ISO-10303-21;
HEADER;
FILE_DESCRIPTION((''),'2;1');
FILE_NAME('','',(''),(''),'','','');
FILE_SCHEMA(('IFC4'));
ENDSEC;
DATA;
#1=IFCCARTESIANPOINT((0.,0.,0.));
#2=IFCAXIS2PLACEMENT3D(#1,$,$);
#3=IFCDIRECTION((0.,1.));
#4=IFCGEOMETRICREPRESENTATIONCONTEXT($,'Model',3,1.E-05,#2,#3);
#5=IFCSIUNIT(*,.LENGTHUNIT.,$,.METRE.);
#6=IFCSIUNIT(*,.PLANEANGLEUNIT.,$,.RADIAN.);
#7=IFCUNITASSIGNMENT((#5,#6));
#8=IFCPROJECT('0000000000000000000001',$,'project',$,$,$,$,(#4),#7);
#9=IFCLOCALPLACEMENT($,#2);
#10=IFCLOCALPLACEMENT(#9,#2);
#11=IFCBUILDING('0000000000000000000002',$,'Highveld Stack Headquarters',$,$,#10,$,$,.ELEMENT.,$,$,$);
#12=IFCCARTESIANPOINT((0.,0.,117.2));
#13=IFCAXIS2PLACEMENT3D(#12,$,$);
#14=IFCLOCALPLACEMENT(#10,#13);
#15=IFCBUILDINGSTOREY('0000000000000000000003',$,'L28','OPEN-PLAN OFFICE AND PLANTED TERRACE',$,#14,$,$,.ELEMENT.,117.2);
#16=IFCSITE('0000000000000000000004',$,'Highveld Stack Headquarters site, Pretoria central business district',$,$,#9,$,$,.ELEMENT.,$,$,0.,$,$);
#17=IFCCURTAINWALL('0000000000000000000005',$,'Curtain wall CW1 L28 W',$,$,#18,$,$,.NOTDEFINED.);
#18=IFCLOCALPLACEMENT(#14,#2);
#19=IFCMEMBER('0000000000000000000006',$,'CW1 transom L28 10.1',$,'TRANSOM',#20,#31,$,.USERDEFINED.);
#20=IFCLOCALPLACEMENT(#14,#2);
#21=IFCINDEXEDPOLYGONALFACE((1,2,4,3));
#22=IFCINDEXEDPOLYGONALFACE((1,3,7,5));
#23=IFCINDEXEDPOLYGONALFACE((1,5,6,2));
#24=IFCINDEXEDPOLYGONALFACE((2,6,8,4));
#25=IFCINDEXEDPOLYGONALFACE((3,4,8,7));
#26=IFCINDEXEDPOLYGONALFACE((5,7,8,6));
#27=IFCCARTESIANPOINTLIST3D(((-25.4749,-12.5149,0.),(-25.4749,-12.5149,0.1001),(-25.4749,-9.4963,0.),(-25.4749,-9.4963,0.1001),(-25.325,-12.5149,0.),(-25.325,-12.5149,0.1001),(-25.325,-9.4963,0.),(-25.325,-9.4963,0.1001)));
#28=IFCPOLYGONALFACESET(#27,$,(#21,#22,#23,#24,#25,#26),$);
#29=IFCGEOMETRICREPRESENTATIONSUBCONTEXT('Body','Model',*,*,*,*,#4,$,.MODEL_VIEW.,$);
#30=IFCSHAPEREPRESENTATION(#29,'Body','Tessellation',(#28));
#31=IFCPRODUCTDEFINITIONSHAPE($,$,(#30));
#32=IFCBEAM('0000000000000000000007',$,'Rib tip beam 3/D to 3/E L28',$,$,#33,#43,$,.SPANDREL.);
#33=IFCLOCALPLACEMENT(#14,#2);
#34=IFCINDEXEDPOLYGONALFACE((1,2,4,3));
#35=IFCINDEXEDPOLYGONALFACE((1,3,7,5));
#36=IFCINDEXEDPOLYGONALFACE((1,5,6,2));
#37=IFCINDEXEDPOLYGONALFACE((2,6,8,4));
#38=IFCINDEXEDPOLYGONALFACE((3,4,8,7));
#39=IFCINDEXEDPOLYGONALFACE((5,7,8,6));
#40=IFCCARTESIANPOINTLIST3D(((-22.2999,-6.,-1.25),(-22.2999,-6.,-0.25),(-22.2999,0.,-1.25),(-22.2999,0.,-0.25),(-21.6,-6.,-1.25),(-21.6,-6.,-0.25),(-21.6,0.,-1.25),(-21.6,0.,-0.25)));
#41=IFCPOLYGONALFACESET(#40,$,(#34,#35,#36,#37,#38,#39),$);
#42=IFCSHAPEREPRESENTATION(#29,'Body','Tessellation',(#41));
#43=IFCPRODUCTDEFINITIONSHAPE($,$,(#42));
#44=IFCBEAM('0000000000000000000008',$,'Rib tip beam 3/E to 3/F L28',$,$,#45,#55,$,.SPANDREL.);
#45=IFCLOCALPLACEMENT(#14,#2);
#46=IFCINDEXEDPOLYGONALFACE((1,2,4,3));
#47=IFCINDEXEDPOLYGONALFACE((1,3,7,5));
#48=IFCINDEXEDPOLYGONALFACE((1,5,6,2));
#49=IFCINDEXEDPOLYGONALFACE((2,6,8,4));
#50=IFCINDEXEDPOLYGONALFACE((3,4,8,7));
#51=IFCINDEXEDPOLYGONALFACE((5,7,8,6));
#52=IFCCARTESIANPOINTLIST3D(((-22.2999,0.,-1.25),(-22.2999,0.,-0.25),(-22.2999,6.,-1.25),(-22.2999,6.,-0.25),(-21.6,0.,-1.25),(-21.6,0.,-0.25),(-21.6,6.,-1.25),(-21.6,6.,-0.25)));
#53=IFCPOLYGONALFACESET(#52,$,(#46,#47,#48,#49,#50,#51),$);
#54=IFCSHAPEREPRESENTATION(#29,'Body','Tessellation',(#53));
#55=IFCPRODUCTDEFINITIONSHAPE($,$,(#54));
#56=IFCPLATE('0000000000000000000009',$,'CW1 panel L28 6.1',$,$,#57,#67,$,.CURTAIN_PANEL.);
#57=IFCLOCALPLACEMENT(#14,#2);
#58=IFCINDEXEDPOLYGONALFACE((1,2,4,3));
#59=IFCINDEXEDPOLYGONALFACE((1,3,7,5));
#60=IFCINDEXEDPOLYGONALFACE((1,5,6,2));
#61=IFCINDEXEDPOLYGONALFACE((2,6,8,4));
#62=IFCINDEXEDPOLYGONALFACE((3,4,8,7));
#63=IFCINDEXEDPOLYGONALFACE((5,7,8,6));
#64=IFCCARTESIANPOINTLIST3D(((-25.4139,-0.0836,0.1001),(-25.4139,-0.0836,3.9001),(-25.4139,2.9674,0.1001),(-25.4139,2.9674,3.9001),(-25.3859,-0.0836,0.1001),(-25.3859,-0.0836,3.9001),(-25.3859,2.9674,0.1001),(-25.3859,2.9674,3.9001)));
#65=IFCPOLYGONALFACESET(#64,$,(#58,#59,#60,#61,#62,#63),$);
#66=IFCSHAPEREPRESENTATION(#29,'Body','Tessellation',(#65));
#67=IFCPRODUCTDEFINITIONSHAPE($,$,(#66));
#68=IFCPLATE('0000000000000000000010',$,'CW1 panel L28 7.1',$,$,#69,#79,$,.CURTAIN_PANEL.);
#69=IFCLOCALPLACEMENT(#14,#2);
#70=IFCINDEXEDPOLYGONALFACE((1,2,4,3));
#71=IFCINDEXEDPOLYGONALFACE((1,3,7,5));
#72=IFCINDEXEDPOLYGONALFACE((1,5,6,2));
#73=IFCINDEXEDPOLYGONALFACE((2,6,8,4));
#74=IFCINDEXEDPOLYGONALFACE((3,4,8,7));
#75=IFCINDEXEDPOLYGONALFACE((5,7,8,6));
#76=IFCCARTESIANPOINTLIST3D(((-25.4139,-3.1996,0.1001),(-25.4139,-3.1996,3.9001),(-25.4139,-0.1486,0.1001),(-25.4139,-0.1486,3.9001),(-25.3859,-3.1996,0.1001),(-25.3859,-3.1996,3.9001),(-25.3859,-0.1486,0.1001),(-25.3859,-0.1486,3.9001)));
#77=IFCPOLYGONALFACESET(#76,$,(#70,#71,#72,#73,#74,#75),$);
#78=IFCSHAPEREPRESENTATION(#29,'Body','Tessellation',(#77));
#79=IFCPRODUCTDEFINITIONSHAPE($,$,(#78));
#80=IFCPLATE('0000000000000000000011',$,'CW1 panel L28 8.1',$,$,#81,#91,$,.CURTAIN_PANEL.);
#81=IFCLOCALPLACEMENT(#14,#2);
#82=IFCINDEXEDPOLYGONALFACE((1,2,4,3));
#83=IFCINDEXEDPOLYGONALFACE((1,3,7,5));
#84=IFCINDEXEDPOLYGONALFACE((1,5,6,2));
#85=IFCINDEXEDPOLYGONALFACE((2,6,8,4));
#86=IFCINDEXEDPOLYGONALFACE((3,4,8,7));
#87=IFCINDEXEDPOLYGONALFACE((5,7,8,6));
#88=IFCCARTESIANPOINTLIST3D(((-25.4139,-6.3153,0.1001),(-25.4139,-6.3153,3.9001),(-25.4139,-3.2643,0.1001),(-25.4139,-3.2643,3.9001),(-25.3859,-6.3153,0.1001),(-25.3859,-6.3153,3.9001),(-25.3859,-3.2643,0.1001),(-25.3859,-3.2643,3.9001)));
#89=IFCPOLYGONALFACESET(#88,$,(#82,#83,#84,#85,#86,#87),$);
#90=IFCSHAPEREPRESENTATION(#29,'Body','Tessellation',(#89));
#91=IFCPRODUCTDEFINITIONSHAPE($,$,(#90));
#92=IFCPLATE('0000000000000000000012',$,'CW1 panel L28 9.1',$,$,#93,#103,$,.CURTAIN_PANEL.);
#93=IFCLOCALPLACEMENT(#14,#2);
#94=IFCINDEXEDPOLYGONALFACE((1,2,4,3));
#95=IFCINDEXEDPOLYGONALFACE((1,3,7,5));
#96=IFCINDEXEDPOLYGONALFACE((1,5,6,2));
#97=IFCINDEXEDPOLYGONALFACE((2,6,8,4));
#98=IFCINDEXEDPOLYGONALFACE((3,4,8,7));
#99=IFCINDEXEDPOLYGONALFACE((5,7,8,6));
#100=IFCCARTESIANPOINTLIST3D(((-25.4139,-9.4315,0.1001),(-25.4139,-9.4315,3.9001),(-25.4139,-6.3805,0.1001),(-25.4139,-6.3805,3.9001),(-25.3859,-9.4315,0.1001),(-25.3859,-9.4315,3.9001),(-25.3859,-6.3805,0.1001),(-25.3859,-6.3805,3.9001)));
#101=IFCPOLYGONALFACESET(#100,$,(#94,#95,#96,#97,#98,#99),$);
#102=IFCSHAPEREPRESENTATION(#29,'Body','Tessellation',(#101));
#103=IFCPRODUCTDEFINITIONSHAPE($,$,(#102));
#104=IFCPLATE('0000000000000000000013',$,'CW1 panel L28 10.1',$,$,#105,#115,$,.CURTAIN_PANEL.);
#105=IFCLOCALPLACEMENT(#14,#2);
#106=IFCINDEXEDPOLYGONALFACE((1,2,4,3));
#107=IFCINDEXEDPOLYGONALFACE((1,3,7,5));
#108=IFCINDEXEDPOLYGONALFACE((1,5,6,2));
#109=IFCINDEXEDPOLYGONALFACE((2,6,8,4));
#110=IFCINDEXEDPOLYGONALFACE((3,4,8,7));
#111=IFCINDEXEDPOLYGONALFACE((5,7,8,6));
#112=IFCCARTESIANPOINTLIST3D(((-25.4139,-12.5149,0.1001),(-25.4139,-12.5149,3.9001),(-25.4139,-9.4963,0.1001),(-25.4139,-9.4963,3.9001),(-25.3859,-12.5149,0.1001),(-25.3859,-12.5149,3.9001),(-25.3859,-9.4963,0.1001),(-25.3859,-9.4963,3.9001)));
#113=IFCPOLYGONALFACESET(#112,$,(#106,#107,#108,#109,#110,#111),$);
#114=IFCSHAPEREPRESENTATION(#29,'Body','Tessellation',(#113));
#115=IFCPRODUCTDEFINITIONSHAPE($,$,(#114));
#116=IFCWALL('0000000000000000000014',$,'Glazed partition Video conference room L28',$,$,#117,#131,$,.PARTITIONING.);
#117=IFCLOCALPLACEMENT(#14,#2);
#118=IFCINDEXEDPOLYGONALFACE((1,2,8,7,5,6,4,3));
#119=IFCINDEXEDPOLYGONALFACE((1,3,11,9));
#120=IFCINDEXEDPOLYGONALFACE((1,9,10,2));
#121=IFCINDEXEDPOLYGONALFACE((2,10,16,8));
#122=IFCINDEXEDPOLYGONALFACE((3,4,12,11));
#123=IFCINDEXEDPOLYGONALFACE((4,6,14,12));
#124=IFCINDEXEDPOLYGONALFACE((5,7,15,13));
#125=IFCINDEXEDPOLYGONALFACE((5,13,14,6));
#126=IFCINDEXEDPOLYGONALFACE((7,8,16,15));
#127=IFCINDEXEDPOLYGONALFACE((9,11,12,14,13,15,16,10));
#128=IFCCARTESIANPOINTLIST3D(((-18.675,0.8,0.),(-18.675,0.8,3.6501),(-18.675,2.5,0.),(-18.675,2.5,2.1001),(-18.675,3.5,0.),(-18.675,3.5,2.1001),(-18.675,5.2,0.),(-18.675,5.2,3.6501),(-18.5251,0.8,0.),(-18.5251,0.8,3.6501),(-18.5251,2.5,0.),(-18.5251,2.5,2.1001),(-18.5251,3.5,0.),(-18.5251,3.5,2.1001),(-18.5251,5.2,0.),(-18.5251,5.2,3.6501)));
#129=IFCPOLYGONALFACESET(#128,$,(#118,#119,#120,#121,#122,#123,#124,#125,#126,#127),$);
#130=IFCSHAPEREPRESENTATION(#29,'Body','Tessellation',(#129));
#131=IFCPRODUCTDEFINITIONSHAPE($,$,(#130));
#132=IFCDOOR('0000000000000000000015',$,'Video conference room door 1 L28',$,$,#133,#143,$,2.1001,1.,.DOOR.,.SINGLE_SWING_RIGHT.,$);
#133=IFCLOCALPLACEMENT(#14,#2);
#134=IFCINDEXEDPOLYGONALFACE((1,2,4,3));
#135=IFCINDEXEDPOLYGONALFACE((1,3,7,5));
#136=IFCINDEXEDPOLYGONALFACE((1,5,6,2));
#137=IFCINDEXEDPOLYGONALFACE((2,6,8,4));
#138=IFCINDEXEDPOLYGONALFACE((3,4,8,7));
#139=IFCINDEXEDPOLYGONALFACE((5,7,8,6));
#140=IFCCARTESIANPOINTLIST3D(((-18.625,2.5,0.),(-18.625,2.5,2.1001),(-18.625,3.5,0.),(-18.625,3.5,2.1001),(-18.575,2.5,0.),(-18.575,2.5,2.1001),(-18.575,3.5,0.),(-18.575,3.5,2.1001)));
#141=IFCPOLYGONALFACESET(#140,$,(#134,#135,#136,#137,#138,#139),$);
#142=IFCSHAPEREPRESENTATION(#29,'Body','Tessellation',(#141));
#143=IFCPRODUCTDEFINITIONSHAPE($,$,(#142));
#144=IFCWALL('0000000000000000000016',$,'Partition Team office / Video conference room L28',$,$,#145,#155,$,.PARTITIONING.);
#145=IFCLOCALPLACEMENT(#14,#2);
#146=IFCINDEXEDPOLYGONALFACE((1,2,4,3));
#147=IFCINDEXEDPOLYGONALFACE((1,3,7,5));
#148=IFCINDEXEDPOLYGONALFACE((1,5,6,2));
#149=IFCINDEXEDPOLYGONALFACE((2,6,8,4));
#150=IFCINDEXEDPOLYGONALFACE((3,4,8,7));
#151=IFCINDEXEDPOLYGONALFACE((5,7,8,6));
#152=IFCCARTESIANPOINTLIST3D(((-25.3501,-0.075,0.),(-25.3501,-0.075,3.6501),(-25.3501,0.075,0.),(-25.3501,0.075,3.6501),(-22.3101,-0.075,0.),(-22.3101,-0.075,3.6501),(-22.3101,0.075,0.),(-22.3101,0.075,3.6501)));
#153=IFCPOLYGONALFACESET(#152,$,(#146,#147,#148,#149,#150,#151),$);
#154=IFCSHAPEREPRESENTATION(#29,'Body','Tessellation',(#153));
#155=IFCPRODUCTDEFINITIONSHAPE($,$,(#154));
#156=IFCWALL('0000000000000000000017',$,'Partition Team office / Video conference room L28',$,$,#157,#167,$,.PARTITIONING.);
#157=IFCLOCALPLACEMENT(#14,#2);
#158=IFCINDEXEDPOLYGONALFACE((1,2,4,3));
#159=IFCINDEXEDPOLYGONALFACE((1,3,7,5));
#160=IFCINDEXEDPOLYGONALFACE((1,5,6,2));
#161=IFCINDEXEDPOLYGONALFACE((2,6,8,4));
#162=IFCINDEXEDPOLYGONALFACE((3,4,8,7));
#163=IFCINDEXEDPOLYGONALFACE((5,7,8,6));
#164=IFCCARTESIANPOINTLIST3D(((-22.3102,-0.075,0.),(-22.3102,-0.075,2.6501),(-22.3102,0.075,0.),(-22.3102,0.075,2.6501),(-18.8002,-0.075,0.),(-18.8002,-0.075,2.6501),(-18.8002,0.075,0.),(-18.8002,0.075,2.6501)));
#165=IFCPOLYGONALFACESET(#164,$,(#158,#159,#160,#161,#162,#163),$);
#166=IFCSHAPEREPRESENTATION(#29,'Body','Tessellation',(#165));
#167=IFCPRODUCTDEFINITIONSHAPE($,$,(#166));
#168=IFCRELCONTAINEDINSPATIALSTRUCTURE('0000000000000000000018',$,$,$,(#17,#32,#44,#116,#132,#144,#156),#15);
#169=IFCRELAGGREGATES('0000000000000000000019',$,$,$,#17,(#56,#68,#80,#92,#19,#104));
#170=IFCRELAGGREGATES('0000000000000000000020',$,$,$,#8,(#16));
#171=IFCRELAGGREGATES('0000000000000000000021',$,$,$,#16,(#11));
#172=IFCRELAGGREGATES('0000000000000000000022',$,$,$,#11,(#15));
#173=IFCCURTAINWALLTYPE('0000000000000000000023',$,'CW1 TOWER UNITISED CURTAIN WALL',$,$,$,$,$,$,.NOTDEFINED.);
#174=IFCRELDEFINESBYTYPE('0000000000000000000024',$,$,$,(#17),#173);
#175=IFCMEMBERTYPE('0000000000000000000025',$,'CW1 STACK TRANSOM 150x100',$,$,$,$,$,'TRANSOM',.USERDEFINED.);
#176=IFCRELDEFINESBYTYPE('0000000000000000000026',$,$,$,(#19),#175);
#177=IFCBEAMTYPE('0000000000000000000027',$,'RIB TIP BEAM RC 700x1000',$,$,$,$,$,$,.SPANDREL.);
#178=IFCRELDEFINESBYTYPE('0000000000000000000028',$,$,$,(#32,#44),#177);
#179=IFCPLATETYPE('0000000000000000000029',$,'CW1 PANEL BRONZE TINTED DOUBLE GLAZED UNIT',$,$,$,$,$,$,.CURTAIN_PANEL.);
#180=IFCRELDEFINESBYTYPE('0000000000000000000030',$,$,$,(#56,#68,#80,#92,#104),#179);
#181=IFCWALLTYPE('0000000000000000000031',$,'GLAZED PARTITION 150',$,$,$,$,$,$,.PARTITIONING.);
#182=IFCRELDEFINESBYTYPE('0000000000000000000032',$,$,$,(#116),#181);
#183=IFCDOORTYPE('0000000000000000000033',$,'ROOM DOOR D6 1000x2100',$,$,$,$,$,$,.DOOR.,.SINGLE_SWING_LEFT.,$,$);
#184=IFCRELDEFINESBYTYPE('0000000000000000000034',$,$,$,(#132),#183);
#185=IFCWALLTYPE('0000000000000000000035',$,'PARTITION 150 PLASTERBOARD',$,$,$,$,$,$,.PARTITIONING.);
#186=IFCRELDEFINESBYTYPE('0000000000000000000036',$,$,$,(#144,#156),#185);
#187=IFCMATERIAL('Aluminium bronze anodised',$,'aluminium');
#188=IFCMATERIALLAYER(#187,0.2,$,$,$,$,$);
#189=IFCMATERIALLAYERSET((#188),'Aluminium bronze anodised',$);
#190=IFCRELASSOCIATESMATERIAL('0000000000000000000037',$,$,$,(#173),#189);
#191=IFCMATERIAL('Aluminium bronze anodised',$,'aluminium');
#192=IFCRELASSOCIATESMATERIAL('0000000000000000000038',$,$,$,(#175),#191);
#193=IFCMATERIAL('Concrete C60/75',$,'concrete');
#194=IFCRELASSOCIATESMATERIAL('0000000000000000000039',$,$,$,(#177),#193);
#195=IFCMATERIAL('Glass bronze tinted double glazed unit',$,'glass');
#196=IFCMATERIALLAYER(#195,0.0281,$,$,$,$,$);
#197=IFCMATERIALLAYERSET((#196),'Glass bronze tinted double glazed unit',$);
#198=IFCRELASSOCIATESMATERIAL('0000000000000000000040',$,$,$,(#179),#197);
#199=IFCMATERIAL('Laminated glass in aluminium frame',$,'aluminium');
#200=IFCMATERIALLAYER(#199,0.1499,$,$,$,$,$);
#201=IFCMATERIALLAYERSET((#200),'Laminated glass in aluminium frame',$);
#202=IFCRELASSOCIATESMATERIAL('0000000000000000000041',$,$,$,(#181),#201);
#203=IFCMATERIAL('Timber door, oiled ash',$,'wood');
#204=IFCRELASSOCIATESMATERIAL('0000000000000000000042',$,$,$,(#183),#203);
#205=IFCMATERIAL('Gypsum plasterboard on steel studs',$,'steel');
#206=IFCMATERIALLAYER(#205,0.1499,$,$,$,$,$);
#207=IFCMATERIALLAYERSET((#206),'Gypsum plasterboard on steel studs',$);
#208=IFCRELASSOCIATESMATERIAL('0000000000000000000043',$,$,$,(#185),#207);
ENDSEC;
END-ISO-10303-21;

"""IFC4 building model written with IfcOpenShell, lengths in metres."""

from ifc_helpers import new_model, si_unit, direction, frame, frame_2d, origin, origin_2d, place, context, subcontext, project, spatial, rectangle, extrude, material, layer, layer_set, material_profile, profile_set, type_object, element, fill, aggregate, save


model = new_model("IFC4")

# Units and contexts
model_context = context("Model", 3, precision=1e-05, world=origin(), true_north=direction((0.0, 1.0)))
body_context = subcontext(model_context, "Body", "Model", "MODEL_VIEW")
ifc_project = project(units=[si_unit("LENGTHUNIT", "METRE"), si_unit("PLANEANGLEUNIT", "RADIAN")], contexts=[model_context])

# Site, building, storey
site_placement = place(None, origin())
site = spatial("IfcSite", under=ifc_project, at=site_placement, Name="Highveld Stack Headquarters site, Pretoria central business district", CompositionType="ELEMENT", RefElevation=0.0)
building_placement = place(site_placement, origin())
building = spatial("IfcBuilding", under=site, at=building_placement, Name="Highveld Stack Headquarters", CompositionType="ELEMENT")
storey_placement = place(building_placement, frame((0.0, 0.0, 117.2)))
storey = spatial("IfcBuildingStorey", under=building, at=storey_placement, Name="L28", Description="OPEN-PLAN OFFICE AND PLANTED TERRACE", CompositionType="ELEMENT", Elevation=117.2)

# Curtain wall, member
ifc_material_1 = material(Name="Aluminium bronze anodised", Category="aluminium")
ifc_layer_1 = layer(ifc_material_1, 0.2)
ifc_layer_set_1 = layer_set([ifc_layer_1], Name="Aluminium bronze anodised")
curtain_wall_type = type_object("IfcCurtainWallType", Name="CW1 TOWER UNITISED CURTAIN WALL", PredefinedType="NOTDEFINED", material=ifc_layer_set_1)
curtain_wall_placement = place(storey_placement, origin())
curtain_wall = element("IfcCurtainWall", 1, at=curtain_wall_placement, inside=storey, type_object=curtain_wall_type, Name="Curtain wall CW1 L28 W", PredefinedType="NOTDEFINED")
ifc_material_2 = material(Name="Aluminium bronze anodised", Category="aluminium")
ifc_material_profile_1 = material_profile(ifc_material_2, rectangle(XDim=0.1499, YDim=0.1001, at=origin_2d()), Name="CW1 TRANSOM 150x100")
ifc_profile_set_1 = profile_set([ifc_material_profile_1], Name="Aluminium bronze anodised")
member_type_1 = type_object("IfcMemberType", Name="CW1 STACK TRANSOM 150x100", ElementType="TRANSOM", PredefinedType="USERDEFINED", material=ifc_profile_set_1)
member_1_placement = place(storey_placement, frame((-25.3999, -9.4963, 0.05), z_axis=(0.0, -1.0, 0.0), x_axis=(1.0, 0.0, 0.0)))
member_1 = element("IfcMember", 2, at=member_1_placement, type_object=member_type_1, Name="CW1 transom L28 10.1", ObjectType="TRANSOM", PredefinedType="USERDEFINED", context=body_context, shape_type="SweptSolid", body=[
    extrude(rectangle(XDim=0.1499, YDim=0.1001, at=origin_2d()), origin(), (0.0, 0.0, 1.0), 3.0186),
])

# Beams
ifc_material_3 = material(Name="Concrete C60/75", Category="concrete")
ifc_material_profile_2 = material_profile(ifc_material_3, rectangle(XDim=0.7, YDim=1.0, at=origin_2d()), Name="RC 700x1000")
ifc_profile_set_2 = profile_set([ifc_material_profile_2], Name="Concrete C60/75")
beam_type = type_object("IfcBeamType", Name="RIB TIP BEAM RC 700x1000", PredefinedType="SPANDREL", material=ifc_profile_set_2)
for number, where, z_axis, x_axis, name in (
    (3, (-21.95, -6.0, -0.75), (0.0, 1.0, 0.0), (-1.0, 0.0, 0.0), "Rib tip beam 3/D to 3/E L28"),
    (4, (-21.95, 0.0, -0.75), (0.0, 1.0, 0.0), (-1.0, 0.0, 0.0), "Rib tip beam 3/E to 3/F L28"),
):
    element("IfcBeam", number, at=place(storey_placement, frame(where, z_axis=z_axis, x_axis=x_axis)), inside=storey, type_object=beam_type, Name=name, PredefinedType="SPANDREL", context=body_context, shape_type="SweptSolid", body=[
        extrude(rectangle(XDim=0.7, YDim=1.0, at=origin_2d()), origin(), (0.0, 0.0, 1.0), 6.0),
    ])

# Plates
ifc_material_4 = material(Name="Glass bronze tinted double glazed unit", Category="glass")
ifc_layer_2 = layer(ifc_material_4, 0.0281)
ifc_layer_set_2 = layer_set([ifc_layer_2], Name="Glass bronze tinted double glazed unit")
plate_type = type_object("IfcPlateType", Name="CW1 PANEL BRONZE TINTED DOUBLE GLAZED UNIT", PredefinedType="CURTAIN_PANEL", material=ifc_layer_set_2)
plate_1_placement = place(storey_placement, frame((-25.3999, 1.4419, 0.1001), z_axis=(0.0, 0.0, 1.0), x_axis=(0.0, -1.0, 0.0)))
plate_1 = element("IfcPlate", 5, at=plate_1_placement, type_object=plate_type, Name="CW1 panel L28 6.1", PredefinedType="CURTAIN_PANEL", context=body_context, shape_type="SweptSolid", body=[
    extrude(rectangle(XDim=3.051, YDim=0.0281, at=origin_2d()), origin(), (0.0, 0.0, 1.0), 3.8),
])
plate_2_placement = place(storey_placement, frame((-25.3999, -1.6741, 0.1001), z_axis=(0.0, 0.0, 1.0), x_axis=(0.0, -1.0, 0.0)))
plate_2 = element("IfcPlate", 6, at=plate_2_placement, type_object=plate_type, Name="CW1 panel L28 7.1", PredefinedType="CURTAIN_PANEL", context=body_context, shape_type="SweptSolid", body=[
    extrude(rectangle(XDim=3.051, YDim=0.0281, at=origin_2d()), origin(), (0.0, 0.0, 1.0), 3.8),
])
plate_3_placement = place(storey_placement, frame((-25.3999, -4.7898, 0.1001), z_axis=(0.0, 0.0, 1.0), x_axis=(0.0, -1.0, 0.0)))
plate_3 = element("IfcPlate", 7, at=plate_3_placement, type_object=plate_type, Name="CW1 panel L28 8.1", PredefinedType="CURTAIN_PANEL", context=body_context, shape_type="SweptSolid", body=[
    extrude(rectangle(XDim=3.051, YDim=0.0281, at=origin_2d()), origin(), (0.0, 0.0, 1.0), 3.8),
])
plate_4_placement = place(storey_placement, frame((-25.3999, -7.906, 0.1001), z_axis=(0.0, 0.0, 1.0), x_axis=(0.0, -1.0, 0.0)))
plate_4 = element("IfcPlate", 8, at=plate_4_placement, type_object=plate_type, Name="CW1 panel L28 9.1", PredefinedType="CURTAIN_PANEL", context=body_context, shape_type="SweptSolid", body=[
    extrude(rectangle(XDim=3.051, YDim=0.0281, at=origin_2d()), origin(), (0.0, 0.0, 1.0), 3.8),
])
plate_5_placement = place(storey_placement, frame((-25.3999, -11.0056, 0.1001), z_axis=(0.0, 0.0, 1.0), x_axis=(0.0, -1.0, 0.0)))
plate_5 = element("IfcPlate", 9, at=plate_5_placement, type_object=plate_type, Name="CW1 panel L28 10.1", PredefinedType="CURTAIN_PANEL", context=body_context, shape_type="SweptSolid", body=[
    extrude(rectangle(XDim=3.0186, YDim=0.0281, at=origin_2d()), origin(), (0.0, 0.0, 1.0), 3.8),
])
aggregate(curtain_wall, [plate_1, plate_2, plate_3, plate_4, member_1, plate_5])

# Wall, opening, door
ifc_material_5 = material(Name="Laminated glass in aluminium frame", Category="aluminium")
ifc_layer_3 = layer(ifc_material_5, 0.1499)
ifc_layer_set_3 = layer_set([ifc_layer_3], Name="Laminated glass in aluminium frame")
wall_type_1 = type_object("IfcWallType", Name="GLAZED PARTITION 150", PredefinedType="PARTITIONING", material=ifc_layer_set_3)
wall_1_placement = place(storey_placement, frame((-18.6001, 0.8, 0.0), z_axis=(0.0, 0.0, 1.0), x_axis=(0.0, 1.0, 0.0)))
wall_1 = element("IfcWall", 10, at=wall_1_placement, inside=storey, type_object=wall_type_1, Name="Glazed partition Video conference room L28", PredefinedType="PARTITIONING", context=body_context, shape_type="SweptSolid", body=[
    extrude(rectangle(XDim=4.3999, YDim=0.1499, at=frame_2d((2.2, 0.0))), origin(), (0.0, 0.0, 1.0), 3.6501),
])
opening_placement = place(wall_1_placement, frame((1.7, 0.0, 0.0)))
opening = element("IfcOpeningElement", 11, at=opening_placement, cuts=wall_1, PredefinedType="OPENING", context=body_context, shape_type="SweptSolid", body=[
    extrude(rectangle(XDim=1.0, YDim=2.1001, at=frame_2d((0.5, 1.05))), frame((0.0, 0.085, 0.0), z_axis=(0.0, -1.0, 0.0), x_axis=(1.0, 0.0, 0.0)), (0.0, 0.0, 1.0), 0.1699),
])
ifc_material_6 = material(Name="Timber door, oiled ash", Category="wood")
door_type = type_object("IfcDoorType", Name="ROOM DOOR D6 1000x2100", OperationType="SINGLE_SWING_LEFT", PredefinedType="DOOR", material=ifc_material_6)
door_placement = place(opening_placement, origin())
door = element("IfcDoor", 12, at=door_placement, inside=storey, type_object=door_type, Name="Video conference room door 1 L28", OperationType="SINGLE_SWING_RIGHT", OverallHeight=2.1001, OverallWidth=1.0, PredefinedType="DOOR", context=body_context, shape_type="SweptSolid", body=[
    extrude(rectangle(XDim=1.0, YDim=2.1001, at=frame_2d((0.5, 1.05))), frame((0.0, 0.0249, 0.0), z_axis=(0.0, -1.0, 0.0), x_axis=(1.0, 0.0, 0.0)), (0.0, 0.0, 1.0), 0.05),
])
fill(opening, door)

# Walls
ifc_material_7 = material(Name="Gypsum plasterboard on steel studs", Category="steel")
ifc_layer_4 = layer(ifc_material_7, 0.1499)
ifc_layer_set_4 = layer_set([ifc_layer_4], Name="Gypsum plasterboard on steel studs")
wall_type_2 = type_object("IfcWallType", Name="PARTITION 150 PLASTERBOARD", PredefinedType="PARTITIONING", material=ifc_layer_set_4)
wall_2_placement = place(storey_placement, frame((-25.3501, 0.0, 0.0), z_axis=(0.0, 0.0, 1.0), x_axis=(1.0, 0.0, 0.0)))
element("IfcWall", 13, at=wall_2_placement, inside=storey, type_object=wall_type_2, Name="Partition Team office / Video conference room L28", PredefinedType="PARTITIONING", context=body_context, shape_type="SweptSolid", body=[
    extrude(rectangle(XDim=3.04, YDim=0.1499, at=frame_2d((1.52, 0.0))), origin(), (0.0, 0.0, 1.0), 3.6501),
])
wall_3_placement = place(storey_placement, frame((-22.3101, 0.0, 0.0), z_axis=(0.0, 0.0, 1.0), x_axis=(1.0, 0.0, 0.0)))
element("IfcWall", 14, at=wall_3_placement, inside=storey, type_object=wall_type_2, Name="Partition Team office / Video conference room L28", PredefinedType="PARTITIONING", context=body_context, shape_type="SweptSolid", body=[
    extrude(rectangle(XDim=3.51, YDim=0.1499, at=frame_2d((1.7549, 0.0))), origin(), (0.0, 0.0, 1.0), 2.6501),
])

save(model, "model.ifc")
